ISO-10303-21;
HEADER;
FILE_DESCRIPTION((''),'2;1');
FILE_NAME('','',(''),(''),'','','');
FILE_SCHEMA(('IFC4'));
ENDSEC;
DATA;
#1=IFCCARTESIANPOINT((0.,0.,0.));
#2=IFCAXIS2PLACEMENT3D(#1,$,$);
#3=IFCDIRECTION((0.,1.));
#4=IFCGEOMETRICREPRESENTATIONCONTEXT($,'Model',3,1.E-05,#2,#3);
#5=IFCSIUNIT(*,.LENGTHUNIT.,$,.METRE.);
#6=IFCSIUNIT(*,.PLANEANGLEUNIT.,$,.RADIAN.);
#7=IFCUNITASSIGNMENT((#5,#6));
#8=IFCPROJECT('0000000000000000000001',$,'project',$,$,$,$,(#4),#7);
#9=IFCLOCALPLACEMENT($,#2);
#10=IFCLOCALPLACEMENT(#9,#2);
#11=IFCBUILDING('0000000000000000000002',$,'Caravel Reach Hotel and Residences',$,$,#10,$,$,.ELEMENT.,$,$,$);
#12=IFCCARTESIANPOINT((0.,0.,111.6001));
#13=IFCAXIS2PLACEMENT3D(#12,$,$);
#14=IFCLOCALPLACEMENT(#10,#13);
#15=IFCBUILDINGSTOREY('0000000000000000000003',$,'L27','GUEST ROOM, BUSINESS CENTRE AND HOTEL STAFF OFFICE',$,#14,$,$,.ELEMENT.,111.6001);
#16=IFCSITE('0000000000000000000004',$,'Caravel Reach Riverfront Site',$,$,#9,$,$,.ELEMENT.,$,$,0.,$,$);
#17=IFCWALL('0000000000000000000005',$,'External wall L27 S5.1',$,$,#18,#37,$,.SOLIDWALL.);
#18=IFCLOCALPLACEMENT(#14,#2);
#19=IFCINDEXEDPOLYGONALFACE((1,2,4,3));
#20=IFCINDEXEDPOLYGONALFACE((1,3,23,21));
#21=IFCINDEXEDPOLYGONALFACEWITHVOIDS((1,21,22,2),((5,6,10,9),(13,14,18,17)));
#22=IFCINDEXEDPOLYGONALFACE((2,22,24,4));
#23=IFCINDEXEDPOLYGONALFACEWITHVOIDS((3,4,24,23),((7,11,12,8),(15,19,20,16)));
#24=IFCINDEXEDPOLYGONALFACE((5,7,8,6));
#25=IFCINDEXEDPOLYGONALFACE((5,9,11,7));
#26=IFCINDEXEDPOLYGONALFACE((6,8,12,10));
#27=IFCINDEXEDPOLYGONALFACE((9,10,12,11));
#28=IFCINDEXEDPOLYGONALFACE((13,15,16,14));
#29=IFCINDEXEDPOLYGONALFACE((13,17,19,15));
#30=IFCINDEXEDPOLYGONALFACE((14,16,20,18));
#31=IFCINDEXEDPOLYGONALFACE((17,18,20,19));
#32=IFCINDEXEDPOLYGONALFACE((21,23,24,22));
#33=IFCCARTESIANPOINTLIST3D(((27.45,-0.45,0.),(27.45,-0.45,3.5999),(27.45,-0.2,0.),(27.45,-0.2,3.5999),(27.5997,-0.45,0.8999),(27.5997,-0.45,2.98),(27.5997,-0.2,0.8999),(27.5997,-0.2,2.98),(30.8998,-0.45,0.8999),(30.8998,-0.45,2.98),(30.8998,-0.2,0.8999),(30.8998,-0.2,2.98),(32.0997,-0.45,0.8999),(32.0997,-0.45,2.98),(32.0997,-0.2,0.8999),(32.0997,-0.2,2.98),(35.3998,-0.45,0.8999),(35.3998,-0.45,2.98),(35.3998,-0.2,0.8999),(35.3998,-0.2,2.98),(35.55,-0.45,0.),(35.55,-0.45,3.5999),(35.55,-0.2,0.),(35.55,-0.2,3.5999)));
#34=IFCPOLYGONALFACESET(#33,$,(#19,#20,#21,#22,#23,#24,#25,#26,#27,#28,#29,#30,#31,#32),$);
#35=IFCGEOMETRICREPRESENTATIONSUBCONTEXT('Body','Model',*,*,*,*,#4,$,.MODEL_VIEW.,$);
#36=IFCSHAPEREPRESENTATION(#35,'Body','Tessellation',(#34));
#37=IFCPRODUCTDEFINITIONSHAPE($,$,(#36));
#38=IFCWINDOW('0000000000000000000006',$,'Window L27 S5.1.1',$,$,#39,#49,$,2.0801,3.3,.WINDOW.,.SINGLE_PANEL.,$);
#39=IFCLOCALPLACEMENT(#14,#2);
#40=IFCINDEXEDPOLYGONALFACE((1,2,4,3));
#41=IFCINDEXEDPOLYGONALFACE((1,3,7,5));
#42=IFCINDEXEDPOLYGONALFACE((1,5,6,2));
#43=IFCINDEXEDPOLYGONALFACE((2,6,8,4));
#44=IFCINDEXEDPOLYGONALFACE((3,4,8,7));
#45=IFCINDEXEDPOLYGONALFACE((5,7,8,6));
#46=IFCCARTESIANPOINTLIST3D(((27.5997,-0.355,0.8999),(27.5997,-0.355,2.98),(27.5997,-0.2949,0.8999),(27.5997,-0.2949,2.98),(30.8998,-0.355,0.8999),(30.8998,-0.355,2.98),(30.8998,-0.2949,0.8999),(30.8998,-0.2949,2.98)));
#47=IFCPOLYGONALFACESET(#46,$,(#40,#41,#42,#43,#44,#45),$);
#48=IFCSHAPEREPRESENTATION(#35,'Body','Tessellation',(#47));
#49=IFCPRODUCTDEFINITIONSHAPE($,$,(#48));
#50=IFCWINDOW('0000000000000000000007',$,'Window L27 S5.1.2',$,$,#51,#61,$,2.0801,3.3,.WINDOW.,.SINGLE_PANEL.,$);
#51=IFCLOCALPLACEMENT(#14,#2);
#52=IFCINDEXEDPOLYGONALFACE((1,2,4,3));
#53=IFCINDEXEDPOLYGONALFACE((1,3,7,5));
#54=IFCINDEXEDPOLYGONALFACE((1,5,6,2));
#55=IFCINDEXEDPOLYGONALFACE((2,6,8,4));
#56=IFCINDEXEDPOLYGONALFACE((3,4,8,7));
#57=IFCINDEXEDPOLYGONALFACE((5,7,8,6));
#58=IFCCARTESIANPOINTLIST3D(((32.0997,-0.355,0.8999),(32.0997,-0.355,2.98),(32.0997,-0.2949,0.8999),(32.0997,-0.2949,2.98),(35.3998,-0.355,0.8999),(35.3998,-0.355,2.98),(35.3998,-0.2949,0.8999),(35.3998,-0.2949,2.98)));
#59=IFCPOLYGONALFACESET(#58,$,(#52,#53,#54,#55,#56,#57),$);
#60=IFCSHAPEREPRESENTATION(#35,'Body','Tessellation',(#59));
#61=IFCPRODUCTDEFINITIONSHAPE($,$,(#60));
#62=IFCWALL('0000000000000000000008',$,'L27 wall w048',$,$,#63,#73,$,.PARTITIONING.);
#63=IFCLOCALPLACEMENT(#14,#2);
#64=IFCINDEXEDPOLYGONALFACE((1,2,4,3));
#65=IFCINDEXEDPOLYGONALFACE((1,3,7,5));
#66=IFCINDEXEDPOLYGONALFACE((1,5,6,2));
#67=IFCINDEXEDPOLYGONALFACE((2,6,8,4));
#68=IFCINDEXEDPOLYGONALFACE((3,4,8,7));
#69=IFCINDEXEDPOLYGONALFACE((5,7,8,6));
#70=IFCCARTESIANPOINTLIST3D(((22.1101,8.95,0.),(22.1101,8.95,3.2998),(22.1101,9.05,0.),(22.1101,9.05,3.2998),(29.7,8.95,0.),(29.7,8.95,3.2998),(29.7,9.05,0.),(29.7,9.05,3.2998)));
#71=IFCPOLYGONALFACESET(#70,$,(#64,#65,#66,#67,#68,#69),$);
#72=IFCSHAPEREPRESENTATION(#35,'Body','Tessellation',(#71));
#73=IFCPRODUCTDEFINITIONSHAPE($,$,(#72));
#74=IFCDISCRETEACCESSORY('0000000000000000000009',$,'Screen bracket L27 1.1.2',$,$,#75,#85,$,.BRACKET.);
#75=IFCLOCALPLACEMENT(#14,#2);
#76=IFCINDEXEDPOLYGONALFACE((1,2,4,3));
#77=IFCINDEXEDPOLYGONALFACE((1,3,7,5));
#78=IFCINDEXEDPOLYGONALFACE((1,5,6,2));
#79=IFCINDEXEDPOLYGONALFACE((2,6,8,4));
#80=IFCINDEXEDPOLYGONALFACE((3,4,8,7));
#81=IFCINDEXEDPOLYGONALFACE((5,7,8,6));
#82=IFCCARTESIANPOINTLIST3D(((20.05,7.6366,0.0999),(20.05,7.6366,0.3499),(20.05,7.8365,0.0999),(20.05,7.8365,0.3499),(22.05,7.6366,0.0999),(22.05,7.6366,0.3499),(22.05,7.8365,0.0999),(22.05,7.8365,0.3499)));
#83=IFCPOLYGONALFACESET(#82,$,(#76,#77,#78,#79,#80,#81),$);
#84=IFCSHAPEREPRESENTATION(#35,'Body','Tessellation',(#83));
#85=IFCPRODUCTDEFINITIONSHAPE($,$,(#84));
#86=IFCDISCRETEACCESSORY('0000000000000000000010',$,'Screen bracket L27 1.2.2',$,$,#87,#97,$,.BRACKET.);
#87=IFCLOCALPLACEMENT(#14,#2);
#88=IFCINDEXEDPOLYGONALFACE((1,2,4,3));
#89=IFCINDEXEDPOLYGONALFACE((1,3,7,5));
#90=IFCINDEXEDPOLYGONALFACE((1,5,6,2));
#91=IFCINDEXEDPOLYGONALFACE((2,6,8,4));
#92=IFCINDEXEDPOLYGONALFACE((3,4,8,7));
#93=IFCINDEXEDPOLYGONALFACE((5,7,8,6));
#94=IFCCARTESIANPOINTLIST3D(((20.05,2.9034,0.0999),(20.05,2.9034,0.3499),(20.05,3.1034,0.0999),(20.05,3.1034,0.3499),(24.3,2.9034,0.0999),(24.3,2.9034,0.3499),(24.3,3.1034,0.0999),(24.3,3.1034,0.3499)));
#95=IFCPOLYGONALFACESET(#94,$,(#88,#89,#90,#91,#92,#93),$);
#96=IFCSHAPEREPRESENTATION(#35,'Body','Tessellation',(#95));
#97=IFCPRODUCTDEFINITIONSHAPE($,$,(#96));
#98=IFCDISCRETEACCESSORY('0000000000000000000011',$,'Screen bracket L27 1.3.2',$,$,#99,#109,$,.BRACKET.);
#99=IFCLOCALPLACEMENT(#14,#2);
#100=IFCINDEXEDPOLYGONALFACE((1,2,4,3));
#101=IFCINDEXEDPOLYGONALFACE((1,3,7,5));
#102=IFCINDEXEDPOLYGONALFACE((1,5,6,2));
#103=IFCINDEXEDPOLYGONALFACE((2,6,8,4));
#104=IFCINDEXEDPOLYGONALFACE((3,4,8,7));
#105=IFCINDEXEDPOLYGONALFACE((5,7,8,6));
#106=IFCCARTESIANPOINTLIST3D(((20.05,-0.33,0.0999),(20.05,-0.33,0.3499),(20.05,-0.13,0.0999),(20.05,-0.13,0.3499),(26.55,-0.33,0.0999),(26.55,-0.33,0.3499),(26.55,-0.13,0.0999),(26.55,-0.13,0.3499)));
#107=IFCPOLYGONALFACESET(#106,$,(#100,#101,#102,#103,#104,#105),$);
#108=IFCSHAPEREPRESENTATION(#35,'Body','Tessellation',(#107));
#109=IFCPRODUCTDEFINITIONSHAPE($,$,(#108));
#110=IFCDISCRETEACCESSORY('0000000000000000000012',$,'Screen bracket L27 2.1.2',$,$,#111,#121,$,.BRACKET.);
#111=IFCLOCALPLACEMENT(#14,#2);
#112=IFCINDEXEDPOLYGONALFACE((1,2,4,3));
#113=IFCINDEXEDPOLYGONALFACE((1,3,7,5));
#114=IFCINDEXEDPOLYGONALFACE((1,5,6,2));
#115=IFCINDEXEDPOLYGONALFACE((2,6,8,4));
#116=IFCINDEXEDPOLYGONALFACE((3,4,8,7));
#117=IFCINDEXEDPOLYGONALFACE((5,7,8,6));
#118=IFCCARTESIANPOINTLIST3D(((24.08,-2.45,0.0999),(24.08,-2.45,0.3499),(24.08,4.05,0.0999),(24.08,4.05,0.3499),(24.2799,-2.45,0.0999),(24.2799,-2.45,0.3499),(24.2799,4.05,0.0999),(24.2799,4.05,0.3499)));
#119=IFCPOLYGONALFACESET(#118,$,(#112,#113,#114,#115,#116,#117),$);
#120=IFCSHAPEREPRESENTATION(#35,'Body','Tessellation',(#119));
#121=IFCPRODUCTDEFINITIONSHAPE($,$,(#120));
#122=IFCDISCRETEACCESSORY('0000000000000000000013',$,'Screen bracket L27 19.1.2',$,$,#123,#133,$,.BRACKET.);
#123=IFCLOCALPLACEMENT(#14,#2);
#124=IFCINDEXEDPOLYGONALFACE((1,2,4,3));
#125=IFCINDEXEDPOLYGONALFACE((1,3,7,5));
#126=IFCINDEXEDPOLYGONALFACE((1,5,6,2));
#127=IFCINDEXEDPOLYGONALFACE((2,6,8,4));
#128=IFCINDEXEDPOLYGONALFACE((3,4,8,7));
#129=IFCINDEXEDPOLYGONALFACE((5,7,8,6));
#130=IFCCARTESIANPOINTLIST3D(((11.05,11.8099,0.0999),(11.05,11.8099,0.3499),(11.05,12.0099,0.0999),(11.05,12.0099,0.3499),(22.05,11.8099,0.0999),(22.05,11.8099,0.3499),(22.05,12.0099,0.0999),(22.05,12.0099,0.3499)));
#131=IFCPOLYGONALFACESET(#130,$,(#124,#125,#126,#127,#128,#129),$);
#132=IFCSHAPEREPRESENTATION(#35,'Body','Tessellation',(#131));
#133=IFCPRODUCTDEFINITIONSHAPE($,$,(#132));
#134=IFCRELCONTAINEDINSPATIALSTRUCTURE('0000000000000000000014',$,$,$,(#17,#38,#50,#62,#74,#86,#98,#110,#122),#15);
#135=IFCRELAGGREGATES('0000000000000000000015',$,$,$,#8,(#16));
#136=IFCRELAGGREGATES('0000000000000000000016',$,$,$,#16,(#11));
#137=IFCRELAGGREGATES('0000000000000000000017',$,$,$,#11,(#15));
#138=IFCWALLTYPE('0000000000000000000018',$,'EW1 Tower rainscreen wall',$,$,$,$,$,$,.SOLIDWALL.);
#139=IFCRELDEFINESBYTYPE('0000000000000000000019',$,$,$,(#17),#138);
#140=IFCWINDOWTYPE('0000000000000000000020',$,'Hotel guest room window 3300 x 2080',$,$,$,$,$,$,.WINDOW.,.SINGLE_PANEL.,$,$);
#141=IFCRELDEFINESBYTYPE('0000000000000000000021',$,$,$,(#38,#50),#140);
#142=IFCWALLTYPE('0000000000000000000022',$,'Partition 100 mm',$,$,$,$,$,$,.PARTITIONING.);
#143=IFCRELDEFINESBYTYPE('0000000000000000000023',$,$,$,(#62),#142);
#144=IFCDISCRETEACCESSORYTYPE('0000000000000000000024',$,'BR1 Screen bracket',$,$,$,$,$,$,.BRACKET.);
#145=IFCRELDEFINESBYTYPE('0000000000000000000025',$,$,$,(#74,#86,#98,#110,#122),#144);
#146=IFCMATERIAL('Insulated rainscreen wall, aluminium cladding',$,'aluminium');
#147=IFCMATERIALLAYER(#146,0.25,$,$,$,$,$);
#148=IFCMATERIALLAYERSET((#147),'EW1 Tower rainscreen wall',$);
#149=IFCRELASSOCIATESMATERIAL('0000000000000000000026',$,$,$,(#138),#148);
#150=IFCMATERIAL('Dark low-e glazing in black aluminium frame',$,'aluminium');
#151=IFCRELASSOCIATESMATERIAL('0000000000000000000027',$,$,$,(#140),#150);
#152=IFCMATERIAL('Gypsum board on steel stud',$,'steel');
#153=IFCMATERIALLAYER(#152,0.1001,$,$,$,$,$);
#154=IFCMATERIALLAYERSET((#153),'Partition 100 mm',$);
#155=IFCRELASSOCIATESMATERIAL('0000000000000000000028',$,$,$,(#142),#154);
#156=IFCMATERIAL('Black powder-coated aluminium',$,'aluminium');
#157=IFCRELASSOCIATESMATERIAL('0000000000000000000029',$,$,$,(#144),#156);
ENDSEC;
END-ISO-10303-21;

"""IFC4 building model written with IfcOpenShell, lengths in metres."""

from ifc_helpers import new_model, si_unit, direction, frame, frame_2d, origin, origin_2d, place, context, subcontext, project, spatial, rectangle, extrude, material, layer, layer_set, type_object, element, fill, save


model = new_model("IFC4")

# Units and contexts
model_context = context("Model", 3, precision=1e-05, world=origin(), true_north=direction((0.0, 1.0)))
body_context = subcontext(model_context, "Body", "Model", "MODEL_VIEW")
ifc_project = project(units=[si_unit("LENGTHUNIT", "METRE"), si_unit("PLANEANGLEUNIT", "RADIAN")], contexts=[model_context])

# Site, building, storey
site_placement = place(None, origin())
site = spatial("IfcSite", under=ifc_project, at=site_placement, Name="Caravel Reach Riverfront Site", CompositionType="ELEMENT", RefElevation=0.0)
building_placement = place(site_placement, origin())
building = spatial("IfcBuilding", under=site, at=building_placement, Name="Caravel Reach Hotel and Residences", CompositionType="ELEMENT")
storey_placement = place(building_placement, frame((0.0, 0.0, 111.6001)))
storey = spatial("IfcBuildingStorey", under=building, at=storey_placement, Name="L27", Description="GUEST ROOM, BUSINESS CENTRE AND HOTEL STAFF OFFICE", CompositionType="ELEMENT", Elevation=111.6001)

# Shared definitions
ifc_material_1 = material(Name="Insulated rainscreen wall, aluminium cladding", Category="aluminium")
ifc_layer_1 = layer(ifc_material_1, 0.25)
ifc_layer_set_1 = layer_set([ifc_layer_1], Name="EW1 Tower rainscreen wall")
wall_type_1 = type_object("IfcWallType", Name="EW1 Tower rainscreen wall", PredefinedType="SOLIDWALL", material=ifc_layer_set_1)

# Wall, openings, windows
wall_1_placement = place(storey_placement, frame((27.45, -0.325, 0.0), z_axis=(0.0, 0.0, 1.0), x_axis=(1.0, 0.0, 0.0)))
wall_1 = element("IfcWall", 1, at=wall_1_placement, inside=storey, type_object=wall_type_1, Name="External wall L27 S5.1", PredefinedType="SOLIDWALL", context=body_context, shape_type="SweptSolid", body=[
    extrude(rectangle(XDim=8.1001, YDim=0.25, at=frame_2d((4.05, 0.0))), origin(), (0.0, 0.0, 1.0), 3.5999),
])
opening_1_placement = place(wall_1_placement, frame((0.1499, 0.0, 0.8999)))
opening_1 = element("IfcOpeningElement", 2, at=opening_1_placement, cuts=wall_1, PredefinedType="OPENING", context=body_context, shape_type="SweptSolid", body=[
    extrude(rectangle(XDim=3.3, YDim=2.0801, at=frame_2d((1.6499, 1.04))), frame((0.0, 0.135, 0.0), z_axis=(0.0, -1.0, 0.0), x_axis=(1.0, 0.0, 0.0)), (0.0, 0.0, 1.0), 0.27),
])
opening_2_placement = place(wall_1_placement, frame((4.6499, 0.0, 0.8999)))
opening_2 = element("IfcOpeningElement", 3, at=opening_2_placement, cuts=wall_1, PredefinedType="OPENING", context=body_context, shape_type="SweptSolid", body=[
    extrude(rectangle(XDim=3.3, YDim=2.0801, at=frame_2d((1.6499, 1.04))), frame((0.0, 0.135, 0.0), z_axis=(0.0, -1.0, 0.0), x_axis=(1.0, 0.0, 0.0)), (0.0, 0.0, 1.0), 0.27),
])
ifc_material_2 = material(Name="Dark low-e glazing in black aluminium frame", Category="aluminium")
window_type_1 = type_object("IfcWindowType", Name="Hotel guest room window 3300 x 2080", PartitioningType="SINGLE_PANEL", PredefinedType="WINDOW", material=ifc_material_2)
window_1_placement = place(opening_1_placement, origin())
window_1 = element("IfcWindow", 4, at=window_1_placement, inside=storey, type_object=window_type_1, Name="Window L27 S5.1.1", OverallHeight=2.0801, OverallWidth=3.3, PartitioningType="SINGLE_PANEL", PredefinedType="WINDOW", context=body_context, shape_type="SweptSolid", body=[
    extrude(rectangle(XDim=3.3, YDim=2.0801, at=frame_2d((1.6499, 1.04))), frame((0.0, 0.03, 0.0), z_axis=(0.0, -1.0, 0.0), x_axis=(1.0, 0.0, 0.0)), (0.0, 0.0, 1.0), 0.0601),
])
fill(opening_1, window_1)
window_2_placement = place(opening_2_placement, origin())
window_2 = element("IfcWindow", 5, at=window_2_placement, inside=storey, type_object=window_type_1, Name="Window L27 S5.1.2", OverallHeight=2.0801, OverallWidth=3.3, PartitioningType="SINGLE_PANEL", PredefinedType="WINDOW", context=body_context, shape_type="SweptSolid", body=[
    extrude(rectangle(XDim=3.3, YDim=2.0801, at=frame_2d((1.6499, 1.04))), frame((0.0, 0.03, 0.0), z_axis=(0.0, -1.0, 0.0), x_axis=(1.0, 0.0, 0.0)), (0.0, 0.0, 1.0), 0.0601),
])
fill(opening_2, window_2)

# Wall
ifc_material_3 = material(Name="Gypsum board on steel stud", Category="steel")
ifc_layer_2 = layer(ifc_material_3, 0.1001)
ifc_layer_set_2 = layer_set([ifc_layer_2], Name="Partition 100 mm")
wall_type_2 = type_object("IfcWallType", Name="Partition 100 mm", PredefinedType="PARTITIONING", material=ifc_layer_set_2)
wall_2_placement = place(storey_placement, frame((22.1101, 9.0, 0.0), z_axis=(0.0, 0.0, 1.0), x_axis=(1.0, 0.0, 0.0)))
element("IfcWall", 6, at=wall_2_placement, inside=storey, type_object=wall_type_2, Name="L27 wall w048", PredefinedType="PARTITIONING", context=body_context, shape_type="SweptSolid", body=[
    extrude(rectangle(XDim=7.5898, YDim=0.1001, at=frame_2d((3.7949, 0.0))), origin(), (0.0, 0.0, 1.0), 3.2998),
])

# Discrete accessories
ifc_material_4 = material(Name="Black powder-coated aluminium", Category="aluminium")
discrete_accessory_type = type_object("IfcDiscreteAccessoryType", Name="BR1 Screen bracket", PredefinedType="BRACKET", material=ifc_material_4)
discrete_accessory_1_placement = place(storey_placement, frame((21.05, 7.7366, 0.0999), z_axis=(0.0, 0.0, 1.0), x_axis=(-1.0, 0.0, 0.0)))
element("IfcDiscreteAccessory", 7, at=discrete_accessory_1_placement, inside=storey, type_object=discrete_accessory_type, Name="Screen bracket L27 1.1.2", PredefinedType="BRACKET", context=body_context, shape_type="SweptSolid", body=[
    extrude(rectangle(XDim=2.0, YDim=0.2, at=origin_2d()), origin(), (0.0, 0.0, 1.0), 0.25),
])
discrete_accessory_2_placement = place(storey_placement, frame((22.175, 3.0034, 0.0999), z_axis=(0.0, 0.0, 1.0), x_axis=(-1.0, 0.0, 0.0)))
element("IfcDiscreteAccessory", 8, at=discrete_accessory_2_placement, inside=storey, type_object=discrete_accessory_type, Name="Screen bracket L27 1.2.2", PredefinedType="BRACKET", context=body_context, shape_type="SweptSolid", body=[
    extrude(rectangle(XDim=4.25, YDim=0.2, at=origin_2d()), origin(), (0.0, 0.0, 1.0), 0.25),
])
for number, where, z_axis, x_axis, name in (
    (9, (23.3, -0.23, 0.0999), (0.0, 0.0, 1.0), (-1.0, 0.0, 0.0), "Screen bracket L27 1.3.2"),
    (10, (24.1799, 0.8, 0.0999), (0.0, 0.0, 1.0), (0.0, -1.0, 0.0), "Screen bracket L27 2.1.2"),
):
    element("IfcDiscreteAccessory", number, at=place(storey_placement, frame(where, z_axis=z_axis, x_axis=x_axis)), inside=storey, type_object=discrete_accessory_type, Name=name, PredefinedType="BRACKET", context=body_context, shape_type="SweptSolid", body=[
        extrude(rectangle(XDim=6.5, YDim=0.2, at=origin_2d()), origin(), (0.0, 0.0, 1.0), 0.25),
    ])
discrete_accessory_3_placement = place(storey_placement, frame((16.55, 11.9099, 0.0999), z_axis=(0.0, 0.0, 1.0), x_axis=(-1.0, 0.0, 0.0)))
element("IfcDiscreteAccessory", 11, at=discrete_accessory_3_placement, inside=storey, type_object=discrete_accessory_type, Name="Screen bracket L27 19.1.2", PredefinedType="BRACKET", context=body_context, shape_type="SweptSolid", body=[
    extrude(rectangle(XDim=11.0, YDim=0.2, at=origin_2d()), origin(), (0.0, 0.0, 1.0), 0.25),
])

save(model, "model.ifc")
